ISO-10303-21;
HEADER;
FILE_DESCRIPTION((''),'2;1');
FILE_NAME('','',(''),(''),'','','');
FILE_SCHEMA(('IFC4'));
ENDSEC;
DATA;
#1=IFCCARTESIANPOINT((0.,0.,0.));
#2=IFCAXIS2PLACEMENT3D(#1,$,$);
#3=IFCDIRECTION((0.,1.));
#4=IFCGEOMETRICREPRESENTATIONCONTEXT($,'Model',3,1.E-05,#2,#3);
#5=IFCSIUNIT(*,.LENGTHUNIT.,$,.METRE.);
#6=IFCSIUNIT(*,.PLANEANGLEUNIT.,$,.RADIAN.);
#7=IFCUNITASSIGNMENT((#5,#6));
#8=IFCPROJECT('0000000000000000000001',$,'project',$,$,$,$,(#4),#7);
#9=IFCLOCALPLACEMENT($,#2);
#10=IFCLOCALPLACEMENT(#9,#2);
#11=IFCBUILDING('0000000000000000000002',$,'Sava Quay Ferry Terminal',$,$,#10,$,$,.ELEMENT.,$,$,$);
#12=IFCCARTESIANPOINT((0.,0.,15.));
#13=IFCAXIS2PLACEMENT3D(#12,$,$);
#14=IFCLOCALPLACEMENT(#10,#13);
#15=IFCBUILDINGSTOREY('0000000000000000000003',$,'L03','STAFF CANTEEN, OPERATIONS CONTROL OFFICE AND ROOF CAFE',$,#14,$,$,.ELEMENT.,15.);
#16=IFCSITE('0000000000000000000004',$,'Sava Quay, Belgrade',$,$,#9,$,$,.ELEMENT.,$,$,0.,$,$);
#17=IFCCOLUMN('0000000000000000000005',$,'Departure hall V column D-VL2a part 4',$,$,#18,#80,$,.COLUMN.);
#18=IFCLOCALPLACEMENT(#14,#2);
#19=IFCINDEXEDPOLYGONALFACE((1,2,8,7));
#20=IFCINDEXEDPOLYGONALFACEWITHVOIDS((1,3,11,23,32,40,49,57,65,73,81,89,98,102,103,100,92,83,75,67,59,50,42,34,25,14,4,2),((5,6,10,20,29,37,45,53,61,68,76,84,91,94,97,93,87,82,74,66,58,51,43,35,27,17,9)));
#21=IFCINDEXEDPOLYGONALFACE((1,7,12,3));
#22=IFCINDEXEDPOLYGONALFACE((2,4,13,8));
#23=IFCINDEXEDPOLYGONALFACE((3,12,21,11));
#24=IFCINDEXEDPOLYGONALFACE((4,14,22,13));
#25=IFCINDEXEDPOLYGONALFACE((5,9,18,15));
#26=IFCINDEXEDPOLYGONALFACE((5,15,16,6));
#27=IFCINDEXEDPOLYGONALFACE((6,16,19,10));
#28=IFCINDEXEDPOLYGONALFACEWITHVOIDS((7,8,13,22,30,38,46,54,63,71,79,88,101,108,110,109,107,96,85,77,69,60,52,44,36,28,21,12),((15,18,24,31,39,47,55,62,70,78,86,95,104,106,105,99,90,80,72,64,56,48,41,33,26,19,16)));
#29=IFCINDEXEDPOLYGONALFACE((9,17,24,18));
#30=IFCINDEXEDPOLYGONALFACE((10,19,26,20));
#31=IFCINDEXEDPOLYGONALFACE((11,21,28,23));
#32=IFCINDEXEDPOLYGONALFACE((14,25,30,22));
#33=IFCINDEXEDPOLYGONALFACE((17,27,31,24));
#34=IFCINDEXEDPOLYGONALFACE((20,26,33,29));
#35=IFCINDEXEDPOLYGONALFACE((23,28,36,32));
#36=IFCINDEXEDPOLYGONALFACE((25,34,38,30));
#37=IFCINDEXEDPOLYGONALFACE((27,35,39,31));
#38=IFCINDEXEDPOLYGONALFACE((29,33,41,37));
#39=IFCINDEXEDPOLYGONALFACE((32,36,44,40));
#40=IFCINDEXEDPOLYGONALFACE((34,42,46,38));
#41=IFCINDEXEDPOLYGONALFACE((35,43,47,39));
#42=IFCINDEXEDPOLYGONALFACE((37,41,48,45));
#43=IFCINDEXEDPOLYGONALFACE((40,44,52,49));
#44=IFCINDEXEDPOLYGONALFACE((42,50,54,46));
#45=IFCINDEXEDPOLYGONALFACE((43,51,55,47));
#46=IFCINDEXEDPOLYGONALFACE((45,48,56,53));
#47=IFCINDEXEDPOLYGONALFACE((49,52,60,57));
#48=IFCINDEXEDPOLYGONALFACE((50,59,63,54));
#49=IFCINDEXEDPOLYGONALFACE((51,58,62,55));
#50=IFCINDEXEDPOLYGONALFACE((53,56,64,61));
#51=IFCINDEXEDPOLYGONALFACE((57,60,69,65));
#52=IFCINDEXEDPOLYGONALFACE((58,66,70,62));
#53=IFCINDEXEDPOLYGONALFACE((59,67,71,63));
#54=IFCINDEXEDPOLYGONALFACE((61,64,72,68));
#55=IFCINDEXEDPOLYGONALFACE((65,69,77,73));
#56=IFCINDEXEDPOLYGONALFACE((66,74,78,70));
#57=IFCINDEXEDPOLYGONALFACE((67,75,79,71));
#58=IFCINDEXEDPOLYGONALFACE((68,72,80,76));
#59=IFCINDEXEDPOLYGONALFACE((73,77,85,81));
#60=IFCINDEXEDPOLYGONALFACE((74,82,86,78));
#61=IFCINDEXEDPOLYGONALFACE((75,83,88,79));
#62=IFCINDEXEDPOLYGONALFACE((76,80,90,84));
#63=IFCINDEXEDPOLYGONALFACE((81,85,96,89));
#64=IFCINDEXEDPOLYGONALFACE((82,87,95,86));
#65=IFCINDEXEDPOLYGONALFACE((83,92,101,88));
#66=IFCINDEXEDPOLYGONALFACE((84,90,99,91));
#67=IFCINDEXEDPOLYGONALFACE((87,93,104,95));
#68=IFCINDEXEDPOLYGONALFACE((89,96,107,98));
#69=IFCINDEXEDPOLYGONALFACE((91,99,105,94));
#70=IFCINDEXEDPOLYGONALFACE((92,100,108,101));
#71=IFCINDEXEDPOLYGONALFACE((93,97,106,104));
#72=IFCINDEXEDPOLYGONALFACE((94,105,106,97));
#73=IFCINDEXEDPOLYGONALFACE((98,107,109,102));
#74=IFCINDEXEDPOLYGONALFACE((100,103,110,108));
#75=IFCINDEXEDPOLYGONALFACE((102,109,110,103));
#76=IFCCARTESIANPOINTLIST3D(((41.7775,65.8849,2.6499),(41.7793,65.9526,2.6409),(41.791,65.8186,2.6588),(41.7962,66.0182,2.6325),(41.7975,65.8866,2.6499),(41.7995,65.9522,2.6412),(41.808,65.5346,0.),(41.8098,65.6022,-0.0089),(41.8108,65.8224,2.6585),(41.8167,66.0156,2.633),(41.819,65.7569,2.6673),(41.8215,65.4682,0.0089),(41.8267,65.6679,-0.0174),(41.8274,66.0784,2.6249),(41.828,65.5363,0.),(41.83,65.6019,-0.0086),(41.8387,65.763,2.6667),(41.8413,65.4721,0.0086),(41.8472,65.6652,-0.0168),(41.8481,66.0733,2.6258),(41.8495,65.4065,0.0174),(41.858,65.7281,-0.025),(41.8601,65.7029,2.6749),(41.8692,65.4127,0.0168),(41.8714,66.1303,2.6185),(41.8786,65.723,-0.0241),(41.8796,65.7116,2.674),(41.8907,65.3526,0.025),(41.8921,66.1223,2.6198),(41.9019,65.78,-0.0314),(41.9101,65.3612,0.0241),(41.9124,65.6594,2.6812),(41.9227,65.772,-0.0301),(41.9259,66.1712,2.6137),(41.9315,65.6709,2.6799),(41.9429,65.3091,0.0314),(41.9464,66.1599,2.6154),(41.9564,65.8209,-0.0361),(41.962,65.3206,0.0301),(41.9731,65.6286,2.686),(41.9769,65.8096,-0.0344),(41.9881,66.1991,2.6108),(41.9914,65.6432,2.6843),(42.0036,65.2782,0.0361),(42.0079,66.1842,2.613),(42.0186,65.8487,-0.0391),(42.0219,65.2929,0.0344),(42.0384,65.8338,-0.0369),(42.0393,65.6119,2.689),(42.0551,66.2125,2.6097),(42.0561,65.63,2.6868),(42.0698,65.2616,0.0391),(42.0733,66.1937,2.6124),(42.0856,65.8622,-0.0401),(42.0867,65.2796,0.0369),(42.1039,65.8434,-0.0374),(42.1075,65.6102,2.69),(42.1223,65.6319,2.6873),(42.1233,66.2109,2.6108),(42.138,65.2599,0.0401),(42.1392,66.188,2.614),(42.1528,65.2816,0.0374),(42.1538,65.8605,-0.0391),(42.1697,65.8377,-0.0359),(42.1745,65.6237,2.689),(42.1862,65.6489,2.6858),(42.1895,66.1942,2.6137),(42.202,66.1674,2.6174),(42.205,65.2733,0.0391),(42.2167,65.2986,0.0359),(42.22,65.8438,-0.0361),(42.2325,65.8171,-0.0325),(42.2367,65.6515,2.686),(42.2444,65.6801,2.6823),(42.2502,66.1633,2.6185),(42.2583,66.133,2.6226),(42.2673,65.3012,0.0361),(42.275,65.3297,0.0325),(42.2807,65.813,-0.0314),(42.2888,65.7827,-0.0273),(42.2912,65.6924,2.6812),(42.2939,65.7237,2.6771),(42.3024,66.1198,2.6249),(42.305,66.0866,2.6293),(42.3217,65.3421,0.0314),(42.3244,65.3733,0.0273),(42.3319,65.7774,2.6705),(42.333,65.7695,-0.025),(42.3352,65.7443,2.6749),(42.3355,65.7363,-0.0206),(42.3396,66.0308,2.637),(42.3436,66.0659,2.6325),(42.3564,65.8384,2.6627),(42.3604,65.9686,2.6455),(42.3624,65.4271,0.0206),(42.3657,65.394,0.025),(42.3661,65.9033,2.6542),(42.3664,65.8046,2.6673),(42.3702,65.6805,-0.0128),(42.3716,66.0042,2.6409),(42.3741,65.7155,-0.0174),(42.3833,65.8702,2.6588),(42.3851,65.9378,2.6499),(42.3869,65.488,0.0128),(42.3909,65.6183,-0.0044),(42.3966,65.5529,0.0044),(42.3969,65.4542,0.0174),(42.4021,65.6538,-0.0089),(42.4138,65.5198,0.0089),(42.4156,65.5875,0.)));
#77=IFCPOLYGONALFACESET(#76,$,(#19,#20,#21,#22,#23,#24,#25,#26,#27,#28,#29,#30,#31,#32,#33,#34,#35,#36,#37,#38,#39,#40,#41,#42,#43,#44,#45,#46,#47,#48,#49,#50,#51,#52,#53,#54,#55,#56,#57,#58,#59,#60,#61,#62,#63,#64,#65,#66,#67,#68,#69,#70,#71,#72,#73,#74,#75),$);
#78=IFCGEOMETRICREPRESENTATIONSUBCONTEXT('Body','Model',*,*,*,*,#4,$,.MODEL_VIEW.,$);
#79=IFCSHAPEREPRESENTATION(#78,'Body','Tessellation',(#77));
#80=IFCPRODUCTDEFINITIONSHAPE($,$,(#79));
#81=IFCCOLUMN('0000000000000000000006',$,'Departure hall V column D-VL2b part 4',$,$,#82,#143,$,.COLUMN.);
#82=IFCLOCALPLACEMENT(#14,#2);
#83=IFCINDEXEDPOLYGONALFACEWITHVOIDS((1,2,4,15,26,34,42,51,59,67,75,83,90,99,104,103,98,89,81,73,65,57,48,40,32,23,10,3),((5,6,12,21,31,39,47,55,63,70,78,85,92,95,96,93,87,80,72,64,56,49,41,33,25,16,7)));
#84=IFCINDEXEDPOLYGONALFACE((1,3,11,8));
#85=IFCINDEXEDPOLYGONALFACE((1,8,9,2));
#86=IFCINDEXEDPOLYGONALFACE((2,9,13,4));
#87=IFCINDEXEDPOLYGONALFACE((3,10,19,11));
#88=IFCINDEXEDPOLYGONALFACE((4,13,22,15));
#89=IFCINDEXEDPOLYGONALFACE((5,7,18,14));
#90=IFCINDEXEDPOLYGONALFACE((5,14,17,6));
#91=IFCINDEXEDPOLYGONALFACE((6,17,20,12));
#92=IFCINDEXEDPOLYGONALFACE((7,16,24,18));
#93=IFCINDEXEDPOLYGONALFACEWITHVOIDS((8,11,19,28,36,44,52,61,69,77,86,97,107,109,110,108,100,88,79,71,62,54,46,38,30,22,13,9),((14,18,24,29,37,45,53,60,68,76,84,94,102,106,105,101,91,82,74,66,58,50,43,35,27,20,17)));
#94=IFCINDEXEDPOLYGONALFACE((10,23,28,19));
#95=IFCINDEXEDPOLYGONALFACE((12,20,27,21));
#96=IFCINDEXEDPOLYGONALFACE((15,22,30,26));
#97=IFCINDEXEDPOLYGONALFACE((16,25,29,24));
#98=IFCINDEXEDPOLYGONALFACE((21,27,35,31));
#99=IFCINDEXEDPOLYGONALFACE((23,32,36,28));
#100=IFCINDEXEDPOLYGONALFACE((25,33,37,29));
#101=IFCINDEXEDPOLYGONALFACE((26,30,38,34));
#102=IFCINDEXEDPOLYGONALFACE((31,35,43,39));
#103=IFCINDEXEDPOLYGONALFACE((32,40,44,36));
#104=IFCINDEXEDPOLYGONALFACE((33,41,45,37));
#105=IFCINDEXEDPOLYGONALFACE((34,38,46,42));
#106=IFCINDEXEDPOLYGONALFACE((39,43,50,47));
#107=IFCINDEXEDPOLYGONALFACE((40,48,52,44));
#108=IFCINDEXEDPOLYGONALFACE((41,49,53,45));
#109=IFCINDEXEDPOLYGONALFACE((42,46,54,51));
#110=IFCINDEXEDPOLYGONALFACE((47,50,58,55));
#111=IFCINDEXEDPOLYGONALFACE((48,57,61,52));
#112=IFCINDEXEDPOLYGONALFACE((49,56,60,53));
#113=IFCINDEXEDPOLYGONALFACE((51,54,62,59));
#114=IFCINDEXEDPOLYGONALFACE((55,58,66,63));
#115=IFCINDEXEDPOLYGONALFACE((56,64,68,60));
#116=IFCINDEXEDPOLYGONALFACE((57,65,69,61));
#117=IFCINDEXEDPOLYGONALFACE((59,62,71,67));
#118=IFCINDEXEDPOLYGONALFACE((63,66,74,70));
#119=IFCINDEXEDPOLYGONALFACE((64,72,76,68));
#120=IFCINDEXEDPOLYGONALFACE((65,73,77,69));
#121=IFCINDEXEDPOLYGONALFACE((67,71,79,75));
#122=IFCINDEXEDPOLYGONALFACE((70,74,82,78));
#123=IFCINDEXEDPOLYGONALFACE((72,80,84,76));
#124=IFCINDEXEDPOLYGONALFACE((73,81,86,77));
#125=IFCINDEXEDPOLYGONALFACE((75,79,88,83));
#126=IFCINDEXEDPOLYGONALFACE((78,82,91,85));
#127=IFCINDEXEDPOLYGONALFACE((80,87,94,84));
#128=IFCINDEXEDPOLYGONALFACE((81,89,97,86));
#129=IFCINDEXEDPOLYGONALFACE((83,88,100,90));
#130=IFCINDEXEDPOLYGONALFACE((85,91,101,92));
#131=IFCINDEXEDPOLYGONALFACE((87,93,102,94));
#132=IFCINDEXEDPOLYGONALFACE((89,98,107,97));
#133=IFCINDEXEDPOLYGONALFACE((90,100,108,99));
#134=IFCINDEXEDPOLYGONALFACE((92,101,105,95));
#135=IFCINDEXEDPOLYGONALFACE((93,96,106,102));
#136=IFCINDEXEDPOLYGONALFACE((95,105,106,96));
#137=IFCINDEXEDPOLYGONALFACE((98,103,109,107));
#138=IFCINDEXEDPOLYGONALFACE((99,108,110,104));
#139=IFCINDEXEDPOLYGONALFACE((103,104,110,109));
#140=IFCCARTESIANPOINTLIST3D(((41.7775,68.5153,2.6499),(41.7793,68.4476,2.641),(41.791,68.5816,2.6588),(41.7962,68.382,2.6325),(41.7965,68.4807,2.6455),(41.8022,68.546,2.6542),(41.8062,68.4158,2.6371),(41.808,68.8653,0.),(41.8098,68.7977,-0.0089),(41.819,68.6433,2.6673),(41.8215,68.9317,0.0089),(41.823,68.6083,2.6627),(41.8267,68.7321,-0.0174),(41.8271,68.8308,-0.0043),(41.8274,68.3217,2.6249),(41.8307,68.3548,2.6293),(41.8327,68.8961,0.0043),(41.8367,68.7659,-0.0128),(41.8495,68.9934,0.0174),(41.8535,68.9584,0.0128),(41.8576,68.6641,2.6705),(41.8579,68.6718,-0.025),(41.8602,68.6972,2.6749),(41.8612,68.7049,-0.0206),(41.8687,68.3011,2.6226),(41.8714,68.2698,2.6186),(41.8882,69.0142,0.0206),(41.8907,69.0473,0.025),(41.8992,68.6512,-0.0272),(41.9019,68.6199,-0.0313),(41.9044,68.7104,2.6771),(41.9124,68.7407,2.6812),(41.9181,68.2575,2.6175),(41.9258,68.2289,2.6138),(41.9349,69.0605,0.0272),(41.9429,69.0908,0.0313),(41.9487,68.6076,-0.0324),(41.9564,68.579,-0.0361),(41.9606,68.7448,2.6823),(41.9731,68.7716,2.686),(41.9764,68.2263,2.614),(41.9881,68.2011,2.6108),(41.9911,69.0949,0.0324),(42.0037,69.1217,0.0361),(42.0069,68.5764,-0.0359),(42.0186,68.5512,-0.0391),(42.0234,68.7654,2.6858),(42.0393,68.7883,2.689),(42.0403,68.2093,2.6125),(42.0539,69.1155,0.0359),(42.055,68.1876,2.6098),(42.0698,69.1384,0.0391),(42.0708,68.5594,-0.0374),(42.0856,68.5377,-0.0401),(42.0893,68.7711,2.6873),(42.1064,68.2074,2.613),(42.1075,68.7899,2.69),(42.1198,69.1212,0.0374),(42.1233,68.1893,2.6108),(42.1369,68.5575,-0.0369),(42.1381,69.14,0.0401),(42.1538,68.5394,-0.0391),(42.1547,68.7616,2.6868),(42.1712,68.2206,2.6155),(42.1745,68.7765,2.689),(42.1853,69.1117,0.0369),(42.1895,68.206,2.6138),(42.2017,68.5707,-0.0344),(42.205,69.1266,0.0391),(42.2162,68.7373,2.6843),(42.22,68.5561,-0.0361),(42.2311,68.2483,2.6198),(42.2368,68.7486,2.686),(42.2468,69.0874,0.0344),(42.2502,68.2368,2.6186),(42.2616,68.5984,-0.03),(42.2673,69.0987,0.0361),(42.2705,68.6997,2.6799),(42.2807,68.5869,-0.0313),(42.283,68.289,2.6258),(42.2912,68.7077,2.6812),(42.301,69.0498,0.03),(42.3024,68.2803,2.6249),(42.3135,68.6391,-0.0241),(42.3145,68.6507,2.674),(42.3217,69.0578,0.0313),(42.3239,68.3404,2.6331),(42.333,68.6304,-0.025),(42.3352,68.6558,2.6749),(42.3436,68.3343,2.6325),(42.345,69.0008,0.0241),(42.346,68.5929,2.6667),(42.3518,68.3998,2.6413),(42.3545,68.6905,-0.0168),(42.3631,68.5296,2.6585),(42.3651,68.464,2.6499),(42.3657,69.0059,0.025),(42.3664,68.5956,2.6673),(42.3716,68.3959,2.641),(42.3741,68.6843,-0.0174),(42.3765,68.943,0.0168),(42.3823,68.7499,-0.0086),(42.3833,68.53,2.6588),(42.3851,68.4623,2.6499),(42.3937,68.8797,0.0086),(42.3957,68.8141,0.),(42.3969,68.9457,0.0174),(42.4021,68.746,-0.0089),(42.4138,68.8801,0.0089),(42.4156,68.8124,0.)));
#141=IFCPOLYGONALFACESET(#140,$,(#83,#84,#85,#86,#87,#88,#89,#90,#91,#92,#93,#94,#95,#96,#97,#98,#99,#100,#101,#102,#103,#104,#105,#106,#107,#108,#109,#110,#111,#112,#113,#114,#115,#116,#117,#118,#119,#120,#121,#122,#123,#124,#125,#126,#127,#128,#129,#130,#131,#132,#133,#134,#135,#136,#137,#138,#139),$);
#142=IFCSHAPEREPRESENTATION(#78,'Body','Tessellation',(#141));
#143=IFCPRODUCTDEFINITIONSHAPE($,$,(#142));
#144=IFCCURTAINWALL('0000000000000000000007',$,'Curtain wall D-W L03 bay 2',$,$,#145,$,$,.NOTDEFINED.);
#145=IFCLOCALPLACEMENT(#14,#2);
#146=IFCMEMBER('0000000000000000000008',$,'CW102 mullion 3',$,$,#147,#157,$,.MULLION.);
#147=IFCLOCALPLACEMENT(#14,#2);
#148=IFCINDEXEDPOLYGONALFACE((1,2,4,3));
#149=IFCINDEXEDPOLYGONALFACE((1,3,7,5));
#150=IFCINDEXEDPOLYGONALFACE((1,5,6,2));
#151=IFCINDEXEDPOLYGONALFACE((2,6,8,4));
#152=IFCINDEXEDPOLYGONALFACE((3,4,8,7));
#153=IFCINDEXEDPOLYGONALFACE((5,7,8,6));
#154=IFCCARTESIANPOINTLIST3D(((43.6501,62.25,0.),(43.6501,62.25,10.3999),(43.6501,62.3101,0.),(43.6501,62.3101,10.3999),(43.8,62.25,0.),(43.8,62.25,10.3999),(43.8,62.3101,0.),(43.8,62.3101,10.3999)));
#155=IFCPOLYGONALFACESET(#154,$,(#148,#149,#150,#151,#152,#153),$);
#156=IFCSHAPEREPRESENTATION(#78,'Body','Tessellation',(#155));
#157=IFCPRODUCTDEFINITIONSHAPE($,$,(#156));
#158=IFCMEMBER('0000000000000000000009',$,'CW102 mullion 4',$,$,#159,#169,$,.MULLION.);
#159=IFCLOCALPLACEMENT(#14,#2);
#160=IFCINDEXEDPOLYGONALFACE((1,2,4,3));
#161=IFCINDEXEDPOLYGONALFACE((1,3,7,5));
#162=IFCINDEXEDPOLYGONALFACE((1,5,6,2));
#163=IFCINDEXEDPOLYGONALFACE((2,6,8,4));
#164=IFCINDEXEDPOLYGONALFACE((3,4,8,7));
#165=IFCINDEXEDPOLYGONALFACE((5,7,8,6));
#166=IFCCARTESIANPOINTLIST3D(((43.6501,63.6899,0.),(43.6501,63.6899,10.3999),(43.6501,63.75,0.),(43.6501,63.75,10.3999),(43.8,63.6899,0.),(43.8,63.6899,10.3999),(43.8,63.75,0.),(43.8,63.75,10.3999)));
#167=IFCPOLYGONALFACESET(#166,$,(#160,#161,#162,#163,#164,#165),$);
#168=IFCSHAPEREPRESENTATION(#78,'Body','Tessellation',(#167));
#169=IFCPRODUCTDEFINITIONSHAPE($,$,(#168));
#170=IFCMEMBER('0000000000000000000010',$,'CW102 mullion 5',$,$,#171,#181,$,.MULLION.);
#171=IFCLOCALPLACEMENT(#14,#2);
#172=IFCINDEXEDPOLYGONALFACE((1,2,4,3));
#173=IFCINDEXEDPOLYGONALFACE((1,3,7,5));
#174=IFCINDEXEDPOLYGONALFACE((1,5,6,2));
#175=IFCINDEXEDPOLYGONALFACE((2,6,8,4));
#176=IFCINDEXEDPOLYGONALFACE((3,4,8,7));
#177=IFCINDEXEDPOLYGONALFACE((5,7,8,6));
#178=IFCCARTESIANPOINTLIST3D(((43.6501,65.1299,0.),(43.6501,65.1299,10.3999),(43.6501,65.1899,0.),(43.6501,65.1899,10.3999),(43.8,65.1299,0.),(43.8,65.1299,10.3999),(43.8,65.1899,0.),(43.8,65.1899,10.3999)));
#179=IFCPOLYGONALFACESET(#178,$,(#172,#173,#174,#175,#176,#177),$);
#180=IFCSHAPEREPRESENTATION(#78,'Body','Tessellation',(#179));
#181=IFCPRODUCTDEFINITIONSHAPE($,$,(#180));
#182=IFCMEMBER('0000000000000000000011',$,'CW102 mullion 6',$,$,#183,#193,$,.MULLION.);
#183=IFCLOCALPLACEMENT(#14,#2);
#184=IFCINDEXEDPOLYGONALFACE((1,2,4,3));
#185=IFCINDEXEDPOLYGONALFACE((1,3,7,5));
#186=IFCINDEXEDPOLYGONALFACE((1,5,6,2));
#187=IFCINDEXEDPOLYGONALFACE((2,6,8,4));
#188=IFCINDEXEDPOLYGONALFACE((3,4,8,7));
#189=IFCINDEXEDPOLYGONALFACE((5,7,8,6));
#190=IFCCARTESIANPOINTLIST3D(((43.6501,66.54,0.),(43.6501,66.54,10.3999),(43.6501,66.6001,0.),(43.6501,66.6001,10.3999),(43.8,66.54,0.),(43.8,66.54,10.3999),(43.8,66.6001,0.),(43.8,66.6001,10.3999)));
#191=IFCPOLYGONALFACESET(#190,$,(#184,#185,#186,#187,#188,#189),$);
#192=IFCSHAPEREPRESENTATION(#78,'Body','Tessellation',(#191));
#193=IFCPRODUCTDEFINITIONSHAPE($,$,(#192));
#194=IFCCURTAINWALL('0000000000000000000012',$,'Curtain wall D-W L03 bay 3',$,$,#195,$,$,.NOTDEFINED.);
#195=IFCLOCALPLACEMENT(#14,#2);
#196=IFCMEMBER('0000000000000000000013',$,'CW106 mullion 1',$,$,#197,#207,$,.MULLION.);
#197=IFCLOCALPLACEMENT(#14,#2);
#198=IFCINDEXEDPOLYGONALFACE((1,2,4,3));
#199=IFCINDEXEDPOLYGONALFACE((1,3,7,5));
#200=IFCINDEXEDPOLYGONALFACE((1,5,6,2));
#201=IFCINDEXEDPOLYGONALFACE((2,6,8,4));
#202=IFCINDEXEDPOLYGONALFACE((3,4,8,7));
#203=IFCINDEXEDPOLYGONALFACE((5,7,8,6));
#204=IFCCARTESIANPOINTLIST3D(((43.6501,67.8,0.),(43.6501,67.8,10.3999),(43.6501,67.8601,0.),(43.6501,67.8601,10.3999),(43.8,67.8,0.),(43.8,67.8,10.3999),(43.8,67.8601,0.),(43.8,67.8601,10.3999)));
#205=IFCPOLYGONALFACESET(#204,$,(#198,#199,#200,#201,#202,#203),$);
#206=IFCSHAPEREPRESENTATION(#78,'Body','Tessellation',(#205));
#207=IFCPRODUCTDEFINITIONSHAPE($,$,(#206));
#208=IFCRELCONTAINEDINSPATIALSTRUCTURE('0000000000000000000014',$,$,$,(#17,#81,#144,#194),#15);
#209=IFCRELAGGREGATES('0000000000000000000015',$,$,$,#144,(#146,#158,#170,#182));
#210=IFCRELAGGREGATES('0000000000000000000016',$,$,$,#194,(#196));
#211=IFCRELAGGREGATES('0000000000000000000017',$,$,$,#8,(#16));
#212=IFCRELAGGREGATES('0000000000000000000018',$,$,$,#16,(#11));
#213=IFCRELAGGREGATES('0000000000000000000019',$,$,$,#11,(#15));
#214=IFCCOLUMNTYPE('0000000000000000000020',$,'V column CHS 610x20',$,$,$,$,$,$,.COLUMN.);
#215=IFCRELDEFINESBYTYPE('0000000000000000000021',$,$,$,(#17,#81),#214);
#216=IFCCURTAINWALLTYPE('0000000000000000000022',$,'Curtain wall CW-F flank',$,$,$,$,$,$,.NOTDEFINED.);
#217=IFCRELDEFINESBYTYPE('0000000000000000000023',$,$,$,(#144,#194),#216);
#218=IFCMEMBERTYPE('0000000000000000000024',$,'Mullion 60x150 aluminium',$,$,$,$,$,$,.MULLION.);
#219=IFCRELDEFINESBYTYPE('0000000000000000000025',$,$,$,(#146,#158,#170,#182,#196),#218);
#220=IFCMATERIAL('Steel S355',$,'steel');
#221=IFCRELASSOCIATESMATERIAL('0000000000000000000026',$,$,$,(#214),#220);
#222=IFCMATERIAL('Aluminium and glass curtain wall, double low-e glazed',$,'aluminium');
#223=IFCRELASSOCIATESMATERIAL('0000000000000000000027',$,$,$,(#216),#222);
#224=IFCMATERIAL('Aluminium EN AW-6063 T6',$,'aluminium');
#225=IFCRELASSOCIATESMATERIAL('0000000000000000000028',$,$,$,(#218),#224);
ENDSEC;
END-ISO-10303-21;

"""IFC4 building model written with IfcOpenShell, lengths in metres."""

from ifc_helpers import new_model, si_unit, direction, frame, origin, origin_2d, place, context, subcontext, project, spatial, rectangle, hollow_circle, extrude, material, material_profile, profile_set, type_object, element, aggregate, save


model = new_model("IFC4")

# Units and contexts
model_context = context("Model", 3, precision=1e-05, world=origin(), true_north=direction((0.0, 1.0)))
body_context = subcontext(model_context, "Body", "Model", "MODEL_VIEW")
ifc_project = project(units=[si_unit("LENGTHUNIT", "METRE"), si_unit("PLANEANGLEUNIT", "RADIAN")], contexts=[model_context])

# Site, building, storey
site_placement = place(None, origin())
site = spatial("IfcSite", under=ifc_project, at=site_placement, Name="Sava Quay, Belgrade", CompositionType="ELEMENT", RefElevation=0.0)
building_placement = place(site_placement, origin())
building = spatial("IfcBuilding", under=site, at=building_placement, Name="Sava Quay Ferry Terminal", CompositionType="ELEMENT")
storey_placement = place(building_placement, frame((0.0, 0.0, 15.0)))
storey = spatial("IfcBuildingStorey", under=building, at=storey_placement, Name="L03", Description="STAFF CANTEEN, OPERATIONS CONTROL OFFICE AND ROOF CAFE", CompositionType="ELEMENT", Elevation=15.0)

# Columns
ifc_material_1 = material(Name="Steel S355", Category="steel")
ifc_material_profile_1 = material_profile(ifc_material_1, hollow_circle(Radius=0.3049, WallThickness=0.02, at=origin_2d()), Name="CHS 610 x 20.0")
ifc_profile_set_1 = profile_set([ifc_material_profile_1], Name="Steel S355")
column_type = type_object("IfcColumnType", Name="V column CHS 610x20", PredefinedType="COLUMN", material=ifc_profile_set_1)
for number, where, z_axis, x_axis, name in (
    (1, (42.1118, 65.561, 0.0), (-0.011416, 0.13106, 0.991309), (-0.996228, -0.086779, 0.0), "Departure hall V column D-VL2a part 4"),
    (2, (42.1118, 68.8389, 0.0), (-0.011417, -0.13097, 0.991321), (0.996222, -0.086839, 0.0), "Departure hall V column D-VL2b part 4"),
):
    element("IfcColumn", number, at=place(storey_placement, frame(where, z_axis=z_axis, x_axis=x_axis)), inside=storey, type_object=column_type, Name=name, PredefinedType="COLUMN", context=body_context, shape_type="SweptSolid", body=[
        extrude(hollow_circle(Radius=0.3049, WallThickness=0.02, at=origin_2d()), origin(), (0.0, 0.0, 1.0), 2.6731),
    ])

# Curtain wall, members
ifc_material_2 = material(Name="Aluminium and glass curtain wall, double low-e glazed", Category="aluminium")
curtain_wall_type = type_object("IfcCurtainWallType", Name="Curtain wall CW-F flank", PredefinedType="NOTDEFINED", material=ifc_material_2)
curtain_wall_1_placement = place(storey_placement, origin())
curtain_wall_1 = element("IfcCurtainWall", 3, at=curtain_wall_1_placement, inside=storey, type_object=curtain_wall_type, Name="Curtain wall D-W L03 bay 2", PredefinedType="NOTDEFINED")
ifc_material_3 = material(Name="Aluminium EN AW-6063 T6", Category="aluminium")
ifc_material_profile_2 = material_profile(ifc_material_3, rectangle(XDim=0.1499, YDim=0.0601, at=origin_2d()), Name="Mullion 60x150 aluminium")
ifc_profile_set_2 = profile_set([ifc_material_profile_2], Name="Aluminium EN AW-6063 T6")
member_type = type_object("IfcMemberType", Name="Mullion 60x150 aluminium", PredefinedType="MULLION", material=ifc_profile_set_2)
member_1_placement = place(storey_placement, frame((43.7251, 62.28, 0.0), z_axis=(0.0, 0.0, 1.0), x_axis=(-1.0, 0.0, 0.0)))
member_1 = element("IfcMember", 4, at=member_1_placement, type_object=member_type, Name="CW102 mullion 3", PredefinedType="MULLION", context=body_context, shape_type="SweptSolid", body=[
    extrude(rectangle(XDim=0.1499, YDim=0.0601, at=origin_2d()), origin(), (0.0, 0.0, 1.0), 10.3999),
])
member_2_placement = place(storey_placement, frame((43.7251, 63.72, 0.0), z_axis=(0.0, 0.0, 1.0), x_axis=(-1.0, 0.0, 0.0)))
member_2 = element("IfcMember", 5, at=member_2_placement, type_object=member_type, Name="CW102 mullion 4", PredefinedType="MULLION", context=body_context, shape_type="SweptSolid", body=[
    extrude(rectangle(XDim=0.1499, YDim=0.0601, at=origin_2d()), origin(), (0.0, 0.0, 1.0), 10.3999),
])
member_3_placement = place(storey_placement, frame((43.7251, 65.1599, 0.0), z_axis=(0.0, 0.0, 1.0), x_axis=(-1.0, 0.0, 0.0)))
member_3 = element("IfcMember", 6, at=member_3_placement, type_object=member_type, Name="CW102 mullion 5", PredefinedType="MULLION", context=body_context, shape_type="SweptSolid", body=[
    extrude(rectangle(XDim=0.1499, YDim=0.0601, at=origin_2d()), origin(), (0.0, 0.0, 1.0), 10.3999),
])
member_4_placement = place(storey_placement, frame((43.7251, 66.5701, 0.0), z_axis=(0.0, 0.0, 1.0), x_axis=(-1.0, 0.0, 0.0)))
member_4 = element("IfcMember", 7, at=member_4_placement, type_object=member_type, Name="CW102 mullion 6", PredefinedType="MULLION", context=body_context, shape_type="SweptSolid", body=[
    extrude(rectangle(XDim=0.1499, YDim=0.0601, at=origin_2d()), origin(), (0.0, 0.0, 1.0), 10.3999),
])
aggregate(curtain_wall_1, [member_1, member_2, member_3, member_4])

# Curtain wall, member
curtain_wall_2_placement = place(storey_placement, origin())
curtain_wall_2 = element("IfcCurtainWall", 8, at=curtain_wall_2_placement, inside=storey, type_object=curtain_wall_type, Name="Curtain wall D-W L03 bay 3", PredefinedType="NOTDEFINED")
member_5_placement = place(storey_placement, frame((43.7251, 67.8301, 0.0), z_axis=(0.0, 0.0, 1.0), x_axis=(-1.0, 0.0, 0.0)))
member_5 = element("IfcMember", 9, at=member_5_placement, type_object=member_type, Name="CW106 mullion 1", PredefinedType="MULLION", context=body_context, shape_type="SweptSolid", body=[
    extrude(rectangle(XDim=0.1499, YDim=0.0601, at=origin_2d()), origin(), (0.0, 0.0, 1.0), 10.3999),
])
aggregate(curtain_wall_2, [member_5])

save(model, "model.ifc")
